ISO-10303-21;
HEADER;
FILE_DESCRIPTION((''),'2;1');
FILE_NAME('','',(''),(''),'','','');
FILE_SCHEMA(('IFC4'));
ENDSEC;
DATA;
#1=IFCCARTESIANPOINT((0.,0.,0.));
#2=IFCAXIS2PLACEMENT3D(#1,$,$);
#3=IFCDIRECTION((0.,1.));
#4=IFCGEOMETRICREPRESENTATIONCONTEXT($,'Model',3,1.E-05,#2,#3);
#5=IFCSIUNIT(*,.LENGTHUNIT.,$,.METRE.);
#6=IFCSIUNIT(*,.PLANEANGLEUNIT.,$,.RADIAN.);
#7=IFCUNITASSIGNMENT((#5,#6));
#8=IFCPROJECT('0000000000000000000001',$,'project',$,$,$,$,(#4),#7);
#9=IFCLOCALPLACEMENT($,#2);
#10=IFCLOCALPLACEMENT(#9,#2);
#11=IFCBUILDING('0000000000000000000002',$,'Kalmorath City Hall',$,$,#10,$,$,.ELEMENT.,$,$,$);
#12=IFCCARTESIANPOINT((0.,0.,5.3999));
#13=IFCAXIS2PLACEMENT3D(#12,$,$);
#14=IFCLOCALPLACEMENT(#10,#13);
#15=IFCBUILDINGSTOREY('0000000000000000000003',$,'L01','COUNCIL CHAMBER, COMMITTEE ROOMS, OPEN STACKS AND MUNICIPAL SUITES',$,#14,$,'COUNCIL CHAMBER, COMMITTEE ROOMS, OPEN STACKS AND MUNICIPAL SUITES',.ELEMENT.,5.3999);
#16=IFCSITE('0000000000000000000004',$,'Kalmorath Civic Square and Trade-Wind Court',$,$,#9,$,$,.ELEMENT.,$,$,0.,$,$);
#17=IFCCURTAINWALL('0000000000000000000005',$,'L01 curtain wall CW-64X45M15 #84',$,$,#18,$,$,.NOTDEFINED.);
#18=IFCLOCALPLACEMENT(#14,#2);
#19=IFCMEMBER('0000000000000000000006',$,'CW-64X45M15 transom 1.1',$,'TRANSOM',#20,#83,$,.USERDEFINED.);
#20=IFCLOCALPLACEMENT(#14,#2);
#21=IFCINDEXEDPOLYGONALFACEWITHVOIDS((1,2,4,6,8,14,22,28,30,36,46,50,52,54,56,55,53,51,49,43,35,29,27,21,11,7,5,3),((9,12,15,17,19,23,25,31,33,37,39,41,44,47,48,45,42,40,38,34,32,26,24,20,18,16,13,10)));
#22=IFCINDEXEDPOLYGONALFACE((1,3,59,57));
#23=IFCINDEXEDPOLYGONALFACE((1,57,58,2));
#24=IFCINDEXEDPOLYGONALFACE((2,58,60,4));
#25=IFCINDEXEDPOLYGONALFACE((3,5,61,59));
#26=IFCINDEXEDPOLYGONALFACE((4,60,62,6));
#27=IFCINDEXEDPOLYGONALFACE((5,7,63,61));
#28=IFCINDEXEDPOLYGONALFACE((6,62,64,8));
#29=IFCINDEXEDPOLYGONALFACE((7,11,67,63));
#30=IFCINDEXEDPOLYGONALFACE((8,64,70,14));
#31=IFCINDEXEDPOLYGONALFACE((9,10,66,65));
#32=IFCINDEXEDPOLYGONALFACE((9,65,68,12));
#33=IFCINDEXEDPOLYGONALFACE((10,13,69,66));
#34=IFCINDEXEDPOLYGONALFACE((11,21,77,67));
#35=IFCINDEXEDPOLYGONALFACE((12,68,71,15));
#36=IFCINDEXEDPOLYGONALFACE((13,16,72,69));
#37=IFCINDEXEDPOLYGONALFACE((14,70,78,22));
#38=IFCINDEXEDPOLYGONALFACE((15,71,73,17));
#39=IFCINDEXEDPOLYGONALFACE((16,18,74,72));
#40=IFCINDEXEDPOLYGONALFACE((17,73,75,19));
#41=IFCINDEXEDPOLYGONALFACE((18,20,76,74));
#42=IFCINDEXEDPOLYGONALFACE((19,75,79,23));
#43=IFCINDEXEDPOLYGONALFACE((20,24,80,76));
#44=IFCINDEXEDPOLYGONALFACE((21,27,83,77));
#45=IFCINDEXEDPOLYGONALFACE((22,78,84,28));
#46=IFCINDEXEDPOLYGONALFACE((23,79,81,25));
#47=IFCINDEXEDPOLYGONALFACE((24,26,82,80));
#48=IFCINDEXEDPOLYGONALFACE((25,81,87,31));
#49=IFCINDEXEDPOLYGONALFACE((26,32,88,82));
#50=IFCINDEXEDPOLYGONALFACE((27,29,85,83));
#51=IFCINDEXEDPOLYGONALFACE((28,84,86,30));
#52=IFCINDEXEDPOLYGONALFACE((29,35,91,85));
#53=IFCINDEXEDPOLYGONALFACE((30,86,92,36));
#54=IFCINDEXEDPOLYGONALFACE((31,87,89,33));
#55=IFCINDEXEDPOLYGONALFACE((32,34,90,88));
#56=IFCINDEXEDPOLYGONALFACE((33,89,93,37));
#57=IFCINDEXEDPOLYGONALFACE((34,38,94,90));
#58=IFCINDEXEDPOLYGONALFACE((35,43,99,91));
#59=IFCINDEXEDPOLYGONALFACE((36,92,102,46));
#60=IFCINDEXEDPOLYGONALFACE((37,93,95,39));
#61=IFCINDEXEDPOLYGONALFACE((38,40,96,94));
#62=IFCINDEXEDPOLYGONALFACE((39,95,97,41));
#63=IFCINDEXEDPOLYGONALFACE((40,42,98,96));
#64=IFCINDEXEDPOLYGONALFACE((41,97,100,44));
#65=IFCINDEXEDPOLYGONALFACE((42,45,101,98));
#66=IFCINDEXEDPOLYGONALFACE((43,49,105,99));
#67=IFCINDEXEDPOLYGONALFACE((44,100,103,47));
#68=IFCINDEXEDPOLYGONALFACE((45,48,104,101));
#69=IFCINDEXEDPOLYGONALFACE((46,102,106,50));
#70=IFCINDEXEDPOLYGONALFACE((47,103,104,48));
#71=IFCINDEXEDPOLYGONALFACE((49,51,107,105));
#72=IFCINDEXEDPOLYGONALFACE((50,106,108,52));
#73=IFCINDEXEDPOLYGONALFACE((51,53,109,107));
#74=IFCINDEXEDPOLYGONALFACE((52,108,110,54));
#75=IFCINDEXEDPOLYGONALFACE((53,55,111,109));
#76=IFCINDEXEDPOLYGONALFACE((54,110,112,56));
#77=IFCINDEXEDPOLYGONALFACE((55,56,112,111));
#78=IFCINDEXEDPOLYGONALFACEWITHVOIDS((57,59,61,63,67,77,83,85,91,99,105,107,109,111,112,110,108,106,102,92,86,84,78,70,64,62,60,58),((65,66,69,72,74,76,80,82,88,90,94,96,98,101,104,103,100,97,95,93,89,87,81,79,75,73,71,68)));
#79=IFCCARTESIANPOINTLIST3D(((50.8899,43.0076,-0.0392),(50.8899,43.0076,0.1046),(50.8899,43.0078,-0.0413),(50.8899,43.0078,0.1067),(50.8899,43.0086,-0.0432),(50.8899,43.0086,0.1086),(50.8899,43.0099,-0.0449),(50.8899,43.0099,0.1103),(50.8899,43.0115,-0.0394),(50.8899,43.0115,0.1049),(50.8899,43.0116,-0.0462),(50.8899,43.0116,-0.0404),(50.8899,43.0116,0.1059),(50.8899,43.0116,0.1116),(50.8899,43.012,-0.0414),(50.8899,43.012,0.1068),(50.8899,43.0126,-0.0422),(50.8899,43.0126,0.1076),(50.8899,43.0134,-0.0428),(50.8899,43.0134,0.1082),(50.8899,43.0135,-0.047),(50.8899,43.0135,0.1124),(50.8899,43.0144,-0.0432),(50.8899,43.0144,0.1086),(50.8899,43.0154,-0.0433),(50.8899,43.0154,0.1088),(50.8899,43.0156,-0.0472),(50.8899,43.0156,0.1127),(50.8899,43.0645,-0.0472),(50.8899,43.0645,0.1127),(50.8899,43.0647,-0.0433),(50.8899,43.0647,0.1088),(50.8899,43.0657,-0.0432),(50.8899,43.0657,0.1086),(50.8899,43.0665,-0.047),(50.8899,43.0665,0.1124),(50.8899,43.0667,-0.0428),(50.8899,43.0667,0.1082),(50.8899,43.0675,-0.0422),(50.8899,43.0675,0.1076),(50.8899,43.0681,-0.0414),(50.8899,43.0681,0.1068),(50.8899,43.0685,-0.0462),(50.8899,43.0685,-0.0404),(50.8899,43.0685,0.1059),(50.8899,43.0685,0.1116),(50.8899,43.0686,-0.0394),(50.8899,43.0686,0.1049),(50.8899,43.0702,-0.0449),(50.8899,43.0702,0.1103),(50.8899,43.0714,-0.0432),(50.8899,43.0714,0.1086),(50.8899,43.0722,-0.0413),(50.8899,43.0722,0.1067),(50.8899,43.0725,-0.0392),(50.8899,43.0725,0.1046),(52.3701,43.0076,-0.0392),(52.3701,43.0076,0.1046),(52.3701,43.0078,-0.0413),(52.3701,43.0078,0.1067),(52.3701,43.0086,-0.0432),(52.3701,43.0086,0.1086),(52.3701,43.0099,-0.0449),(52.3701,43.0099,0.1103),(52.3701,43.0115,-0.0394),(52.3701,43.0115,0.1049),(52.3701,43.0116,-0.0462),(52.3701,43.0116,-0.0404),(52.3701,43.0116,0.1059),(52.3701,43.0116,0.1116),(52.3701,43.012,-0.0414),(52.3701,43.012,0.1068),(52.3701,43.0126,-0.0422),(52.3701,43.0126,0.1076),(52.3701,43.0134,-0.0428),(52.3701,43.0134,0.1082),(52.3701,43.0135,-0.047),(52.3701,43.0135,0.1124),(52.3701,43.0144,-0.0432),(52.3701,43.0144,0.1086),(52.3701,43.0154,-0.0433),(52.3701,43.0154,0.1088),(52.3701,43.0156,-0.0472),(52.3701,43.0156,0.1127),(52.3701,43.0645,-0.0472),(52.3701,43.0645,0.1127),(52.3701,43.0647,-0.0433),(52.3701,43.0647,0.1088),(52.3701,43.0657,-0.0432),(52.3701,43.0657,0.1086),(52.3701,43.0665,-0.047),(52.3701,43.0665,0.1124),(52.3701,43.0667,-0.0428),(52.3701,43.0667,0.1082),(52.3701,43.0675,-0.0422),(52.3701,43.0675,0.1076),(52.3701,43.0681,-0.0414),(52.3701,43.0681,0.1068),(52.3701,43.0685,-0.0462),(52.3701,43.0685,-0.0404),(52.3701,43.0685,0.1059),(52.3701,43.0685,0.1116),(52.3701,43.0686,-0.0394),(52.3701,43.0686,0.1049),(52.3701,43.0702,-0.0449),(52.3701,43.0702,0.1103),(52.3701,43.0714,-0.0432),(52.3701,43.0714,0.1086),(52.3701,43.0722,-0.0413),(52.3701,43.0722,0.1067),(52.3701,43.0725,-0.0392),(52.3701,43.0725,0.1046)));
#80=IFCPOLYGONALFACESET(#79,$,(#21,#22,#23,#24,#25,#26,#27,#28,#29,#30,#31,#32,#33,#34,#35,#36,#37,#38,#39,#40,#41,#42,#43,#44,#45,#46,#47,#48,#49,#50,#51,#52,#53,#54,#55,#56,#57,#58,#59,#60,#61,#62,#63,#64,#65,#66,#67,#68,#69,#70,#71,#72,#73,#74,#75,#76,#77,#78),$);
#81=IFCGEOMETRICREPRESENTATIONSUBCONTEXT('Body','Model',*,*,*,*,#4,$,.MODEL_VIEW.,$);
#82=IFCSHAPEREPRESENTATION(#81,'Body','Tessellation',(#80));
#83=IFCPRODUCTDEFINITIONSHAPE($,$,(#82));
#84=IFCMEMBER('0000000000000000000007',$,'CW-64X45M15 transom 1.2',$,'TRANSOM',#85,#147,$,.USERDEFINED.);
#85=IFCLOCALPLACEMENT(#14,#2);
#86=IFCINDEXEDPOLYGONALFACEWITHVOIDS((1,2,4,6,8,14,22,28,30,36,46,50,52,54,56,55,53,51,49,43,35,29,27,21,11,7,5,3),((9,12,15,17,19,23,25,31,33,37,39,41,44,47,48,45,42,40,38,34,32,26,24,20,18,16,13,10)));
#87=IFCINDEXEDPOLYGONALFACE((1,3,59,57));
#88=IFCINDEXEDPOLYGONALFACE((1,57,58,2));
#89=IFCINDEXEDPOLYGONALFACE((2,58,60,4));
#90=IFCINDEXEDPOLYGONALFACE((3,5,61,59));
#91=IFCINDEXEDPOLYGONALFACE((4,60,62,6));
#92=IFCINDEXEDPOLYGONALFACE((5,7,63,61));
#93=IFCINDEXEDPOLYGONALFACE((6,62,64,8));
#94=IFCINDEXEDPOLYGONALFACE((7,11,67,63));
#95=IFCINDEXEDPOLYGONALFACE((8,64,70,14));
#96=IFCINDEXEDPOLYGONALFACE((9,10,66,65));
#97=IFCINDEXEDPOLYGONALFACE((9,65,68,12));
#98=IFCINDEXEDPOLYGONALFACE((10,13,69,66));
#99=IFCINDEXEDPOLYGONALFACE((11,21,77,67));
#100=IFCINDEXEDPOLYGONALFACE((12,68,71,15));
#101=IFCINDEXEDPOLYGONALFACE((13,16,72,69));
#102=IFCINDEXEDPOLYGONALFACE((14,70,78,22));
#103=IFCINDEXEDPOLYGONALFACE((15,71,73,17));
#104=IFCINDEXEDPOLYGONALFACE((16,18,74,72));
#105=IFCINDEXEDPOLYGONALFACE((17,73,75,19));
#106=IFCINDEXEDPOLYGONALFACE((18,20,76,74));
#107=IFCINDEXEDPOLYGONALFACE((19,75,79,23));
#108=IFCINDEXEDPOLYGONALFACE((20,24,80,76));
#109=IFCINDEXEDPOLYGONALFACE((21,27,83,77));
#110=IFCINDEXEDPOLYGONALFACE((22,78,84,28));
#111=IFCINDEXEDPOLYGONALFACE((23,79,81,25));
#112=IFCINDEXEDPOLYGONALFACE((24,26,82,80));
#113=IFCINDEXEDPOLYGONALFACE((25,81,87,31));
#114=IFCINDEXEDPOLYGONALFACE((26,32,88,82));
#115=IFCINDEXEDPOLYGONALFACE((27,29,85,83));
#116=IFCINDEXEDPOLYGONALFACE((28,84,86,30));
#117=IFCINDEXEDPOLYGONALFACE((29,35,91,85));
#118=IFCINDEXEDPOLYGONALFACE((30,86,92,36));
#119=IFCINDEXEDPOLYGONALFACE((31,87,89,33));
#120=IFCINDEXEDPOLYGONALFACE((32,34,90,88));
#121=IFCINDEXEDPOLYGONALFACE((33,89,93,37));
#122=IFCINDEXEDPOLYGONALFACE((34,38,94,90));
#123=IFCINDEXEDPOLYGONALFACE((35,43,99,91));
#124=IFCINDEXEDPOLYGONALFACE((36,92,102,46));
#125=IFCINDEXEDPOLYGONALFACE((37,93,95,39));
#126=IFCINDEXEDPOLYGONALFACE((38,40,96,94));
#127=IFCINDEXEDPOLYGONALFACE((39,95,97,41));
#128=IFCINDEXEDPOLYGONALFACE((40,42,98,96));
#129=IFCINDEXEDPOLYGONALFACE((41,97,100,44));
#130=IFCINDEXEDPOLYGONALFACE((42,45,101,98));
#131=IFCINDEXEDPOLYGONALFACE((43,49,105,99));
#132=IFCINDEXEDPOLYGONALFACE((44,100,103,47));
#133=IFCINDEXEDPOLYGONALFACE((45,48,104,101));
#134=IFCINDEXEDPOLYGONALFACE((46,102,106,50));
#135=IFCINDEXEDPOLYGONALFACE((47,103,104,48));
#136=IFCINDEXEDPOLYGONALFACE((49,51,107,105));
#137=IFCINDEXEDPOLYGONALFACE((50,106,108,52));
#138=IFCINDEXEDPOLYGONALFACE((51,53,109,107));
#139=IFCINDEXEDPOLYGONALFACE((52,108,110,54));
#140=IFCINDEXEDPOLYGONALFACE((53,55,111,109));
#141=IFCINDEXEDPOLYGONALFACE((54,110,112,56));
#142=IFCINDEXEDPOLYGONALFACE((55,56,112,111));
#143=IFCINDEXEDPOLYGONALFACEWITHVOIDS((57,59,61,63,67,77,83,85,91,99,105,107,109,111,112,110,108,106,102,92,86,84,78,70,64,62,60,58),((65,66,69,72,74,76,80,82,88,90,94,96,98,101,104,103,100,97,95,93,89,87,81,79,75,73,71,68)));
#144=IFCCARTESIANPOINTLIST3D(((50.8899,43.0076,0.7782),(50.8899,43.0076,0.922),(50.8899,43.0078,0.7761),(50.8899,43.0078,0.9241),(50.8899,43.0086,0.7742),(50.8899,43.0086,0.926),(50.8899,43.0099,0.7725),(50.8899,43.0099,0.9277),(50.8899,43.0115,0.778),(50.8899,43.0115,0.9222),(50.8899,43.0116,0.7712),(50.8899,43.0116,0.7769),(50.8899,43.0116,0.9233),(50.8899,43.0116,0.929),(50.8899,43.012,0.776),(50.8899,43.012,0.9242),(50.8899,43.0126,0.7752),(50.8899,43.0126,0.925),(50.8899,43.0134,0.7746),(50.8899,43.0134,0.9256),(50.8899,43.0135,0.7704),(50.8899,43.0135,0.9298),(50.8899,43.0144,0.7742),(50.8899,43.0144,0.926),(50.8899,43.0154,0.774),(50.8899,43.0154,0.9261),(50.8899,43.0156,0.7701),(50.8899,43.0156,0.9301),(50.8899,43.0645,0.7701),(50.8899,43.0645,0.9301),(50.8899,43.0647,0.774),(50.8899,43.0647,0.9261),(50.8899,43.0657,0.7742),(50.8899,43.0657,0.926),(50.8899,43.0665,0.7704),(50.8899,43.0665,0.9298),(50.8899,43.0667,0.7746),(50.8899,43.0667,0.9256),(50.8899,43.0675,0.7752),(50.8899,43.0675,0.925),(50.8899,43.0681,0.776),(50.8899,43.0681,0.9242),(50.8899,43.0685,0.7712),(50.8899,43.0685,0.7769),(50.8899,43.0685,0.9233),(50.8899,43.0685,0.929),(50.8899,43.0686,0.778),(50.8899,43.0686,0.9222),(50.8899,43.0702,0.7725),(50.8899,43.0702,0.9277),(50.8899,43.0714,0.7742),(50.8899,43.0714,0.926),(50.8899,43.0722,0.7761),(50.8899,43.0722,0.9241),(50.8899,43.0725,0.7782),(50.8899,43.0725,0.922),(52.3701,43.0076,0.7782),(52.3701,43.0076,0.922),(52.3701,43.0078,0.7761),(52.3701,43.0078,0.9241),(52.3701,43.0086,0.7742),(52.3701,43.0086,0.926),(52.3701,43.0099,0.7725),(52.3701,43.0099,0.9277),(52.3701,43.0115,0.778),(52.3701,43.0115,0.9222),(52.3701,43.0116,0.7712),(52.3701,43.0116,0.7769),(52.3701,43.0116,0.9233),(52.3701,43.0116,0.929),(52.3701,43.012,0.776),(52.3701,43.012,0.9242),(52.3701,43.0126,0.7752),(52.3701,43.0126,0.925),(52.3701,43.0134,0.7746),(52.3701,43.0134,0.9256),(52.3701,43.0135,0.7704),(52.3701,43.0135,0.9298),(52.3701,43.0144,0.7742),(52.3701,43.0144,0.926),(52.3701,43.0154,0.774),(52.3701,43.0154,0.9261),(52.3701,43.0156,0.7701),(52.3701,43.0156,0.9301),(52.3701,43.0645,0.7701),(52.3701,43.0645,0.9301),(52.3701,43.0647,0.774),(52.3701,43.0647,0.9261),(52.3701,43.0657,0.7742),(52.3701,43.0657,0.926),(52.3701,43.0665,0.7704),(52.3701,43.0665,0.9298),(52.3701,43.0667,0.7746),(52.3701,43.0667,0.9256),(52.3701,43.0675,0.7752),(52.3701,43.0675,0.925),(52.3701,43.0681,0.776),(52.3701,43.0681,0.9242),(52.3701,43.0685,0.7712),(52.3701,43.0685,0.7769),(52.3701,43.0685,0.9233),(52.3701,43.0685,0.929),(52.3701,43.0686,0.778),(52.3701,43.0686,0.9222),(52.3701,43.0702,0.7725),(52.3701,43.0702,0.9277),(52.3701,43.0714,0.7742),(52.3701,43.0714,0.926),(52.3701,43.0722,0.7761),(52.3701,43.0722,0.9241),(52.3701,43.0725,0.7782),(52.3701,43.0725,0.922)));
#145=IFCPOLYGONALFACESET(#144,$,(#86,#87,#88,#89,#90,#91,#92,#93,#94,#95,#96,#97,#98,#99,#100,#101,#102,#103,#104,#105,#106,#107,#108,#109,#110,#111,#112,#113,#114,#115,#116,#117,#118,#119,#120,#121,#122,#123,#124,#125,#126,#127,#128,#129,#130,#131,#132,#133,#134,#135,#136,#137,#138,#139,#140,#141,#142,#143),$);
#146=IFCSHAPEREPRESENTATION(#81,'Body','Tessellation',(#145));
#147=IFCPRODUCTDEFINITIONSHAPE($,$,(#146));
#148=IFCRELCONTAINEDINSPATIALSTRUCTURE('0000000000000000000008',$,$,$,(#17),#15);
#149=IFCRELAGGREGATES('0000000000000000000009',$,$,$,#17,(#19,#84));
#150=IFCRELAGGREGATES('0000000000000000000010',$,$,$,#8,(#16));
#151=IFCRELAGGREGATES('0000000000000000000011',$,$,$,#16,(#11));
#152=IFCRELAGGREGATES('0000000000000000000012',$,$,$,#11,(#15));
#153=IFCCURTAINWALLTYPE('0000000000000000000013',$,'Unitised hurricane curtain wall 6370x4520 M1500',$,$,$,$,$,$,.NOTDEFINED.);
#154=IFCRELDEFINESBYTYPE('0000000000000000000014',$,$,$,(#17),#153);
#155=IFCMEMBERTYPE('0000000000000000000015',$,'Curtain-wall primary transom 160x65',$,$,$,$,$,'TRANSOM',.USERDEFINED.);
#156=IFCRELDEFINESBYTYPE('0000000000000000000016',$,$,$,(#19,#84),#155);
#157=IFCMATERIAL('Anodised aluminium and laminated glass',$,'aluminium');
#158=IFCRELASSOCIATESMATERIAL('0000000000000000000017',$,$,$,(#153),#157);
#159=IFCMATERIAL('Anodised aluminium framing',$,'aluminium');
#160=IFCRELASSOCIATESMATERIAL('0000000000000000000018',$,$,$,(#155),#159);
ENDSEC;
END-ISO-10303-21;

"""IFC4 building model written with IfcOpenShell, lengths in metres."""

from ifc_helpers import new_model, si_unit, direction, frame, origin, origin_2d, place, context, subcontext, project, spatial, hollow_rectangle, extrude, material, material_profile, profile_set, type_object, element, aggregate, save


model = new_model("IFC4")

# Units and contexts
model_context = context("Model", 3, precision=1e-05, world=origin(), true_north=direction((0.0, 1.0)))
body_context = subcontext(model_context, "Body", "Model", "MODEL_VIEW")
ifc_project = project(units=[si_unit("LENGTHUNIT", "METRE"), si_unit("PLANEANGLEUNIT", "RADIAN")], contexts=[model_context])

# Site, building, storey
site_placement = place(None, origin())
site = spatial("IfcSite", under=ifc_project, at=site_placement, Name="Kalmorath Civic Square and Trade-Wind Court", CompositionType="ELEMENT", RefElevation=0.0)
building_placement = place(site_placement, origin())
building = spatial("IfcBuilding", under=site, at=building_placement, Name="Kalmorath City Hall", CompositionType="ELEMENT")
storey_placement = place(building_placement, frame((0.0, 0.0, 5.3999)))
storey = spatial("IfcBuildingStorey", under=building, at=storey_placement, Name="L01", Description="COUNCIL CHAMBER, COMMITTEE ROOMS, OPEN STACKS AND MUNICIPAL SUITES", LongName="COUNCIL CHAMBER, COMMITTEE ROOMS, OPEN STACKS AND MUNICIPAL SUITES", CompositionType="ELEMENT", Elevation=5.3999)

# Curtain wall, members
ifc_material_1 = material(Name="Anodised aluminium and laminated glass", Category="aluminium")
curtain_wall_type_1 = type_object("IfcCurtainWallType", Name="Unitised hurricane curtain wall 6370x4520 M1500", PredefinedType="NOTDEFINED", material=ifc_material_1)
curtain_wall_1_placement = place(storey_placement, origin())
curtain_wall_1 = element("IfcCurtainWall", 1, at=curtain_wall_1_placement, inside=storey, type_object=curtain_wall_type_1, Name="L01 curtain wall CW-64X45M15 #84", PredefinedType="NOTDEFINED")
ifc_material_2 = material(Name="Anodised aluminium framing", Category="aluminium")
ifc_material_profile_1 = material_profile(ifc_material_2, hollow_rectangle(XDim=0.0649, YDim=0.1599, WallThickness=0.0039, InnerFilletRadius=0.0039, OuterFilletRadius=0.0081, at=origin_2d()), Name="ALU-TRN-160X65X4")
ifc_profile_set_1 = profile_set([ifc_material_profile_1], Name="Anodised aluminium framing")
member_type_1 = type_object("IfcMemberType", Name="Curtain-wall primary transom 160x65", ElementType="TRANSOM", PredefinedType="USERDEFINED", material=ifc_profile_set_1)
member_1_placement = place(storey_placement, frame((50.8899, 43.04, 0.0327), z_axis=(1.0, 0.0, 0.0), x_axis=(0.0, 1.0, 0.0)))
member_1 = element("IfcMember", 2, at=member_1_placement, type_object=member_type_1, Name="CW-64X45M15 transom 1.1", ObjectType="TRANSOM", PredefinedType="USERDEFINED", context=body_context, shape_type="SweptSolid", body=[
    extrude(hollow_rectangle(XDim=0.0649, YDim=0.1599, WallThickness=0.0039, InnerFilletRadius=0.0039, OuterFilletRadius=0.0081, at=origin_2d()), origin(), (0.0, 0.0, 1.0), 1.4802),
])
member_2_placement = place(storey_placement, frame((50.8899, 43.04, 0.8501), z_axis=(1.0, 0.0, 0.0), x_axis=(0.0, 1.0, 0.0)))
member_2 = element("IfcMember", 3, at=member_2_placement, type_object=member_type_1, Name="CW-64X45M15 transom 1.2", ObjectType="TRANSOM", PredefinedType="USERDEFINED", context=body_context, shape_type="SweptSolid", body=[
    extrude(hollow_rectangle(XDim=0.0649, YDim=0.1599, WallThickness=0.0039, InnerFilletRadius=0.0039, OuterFilletRadius=0.0081, at=origin_2d()), origin(), (0.0, 0.0, 1.0), 1.4802),
])

aggregate(curtain_wall_1, [member_1, member_2])

save(model, "model.ifc")
